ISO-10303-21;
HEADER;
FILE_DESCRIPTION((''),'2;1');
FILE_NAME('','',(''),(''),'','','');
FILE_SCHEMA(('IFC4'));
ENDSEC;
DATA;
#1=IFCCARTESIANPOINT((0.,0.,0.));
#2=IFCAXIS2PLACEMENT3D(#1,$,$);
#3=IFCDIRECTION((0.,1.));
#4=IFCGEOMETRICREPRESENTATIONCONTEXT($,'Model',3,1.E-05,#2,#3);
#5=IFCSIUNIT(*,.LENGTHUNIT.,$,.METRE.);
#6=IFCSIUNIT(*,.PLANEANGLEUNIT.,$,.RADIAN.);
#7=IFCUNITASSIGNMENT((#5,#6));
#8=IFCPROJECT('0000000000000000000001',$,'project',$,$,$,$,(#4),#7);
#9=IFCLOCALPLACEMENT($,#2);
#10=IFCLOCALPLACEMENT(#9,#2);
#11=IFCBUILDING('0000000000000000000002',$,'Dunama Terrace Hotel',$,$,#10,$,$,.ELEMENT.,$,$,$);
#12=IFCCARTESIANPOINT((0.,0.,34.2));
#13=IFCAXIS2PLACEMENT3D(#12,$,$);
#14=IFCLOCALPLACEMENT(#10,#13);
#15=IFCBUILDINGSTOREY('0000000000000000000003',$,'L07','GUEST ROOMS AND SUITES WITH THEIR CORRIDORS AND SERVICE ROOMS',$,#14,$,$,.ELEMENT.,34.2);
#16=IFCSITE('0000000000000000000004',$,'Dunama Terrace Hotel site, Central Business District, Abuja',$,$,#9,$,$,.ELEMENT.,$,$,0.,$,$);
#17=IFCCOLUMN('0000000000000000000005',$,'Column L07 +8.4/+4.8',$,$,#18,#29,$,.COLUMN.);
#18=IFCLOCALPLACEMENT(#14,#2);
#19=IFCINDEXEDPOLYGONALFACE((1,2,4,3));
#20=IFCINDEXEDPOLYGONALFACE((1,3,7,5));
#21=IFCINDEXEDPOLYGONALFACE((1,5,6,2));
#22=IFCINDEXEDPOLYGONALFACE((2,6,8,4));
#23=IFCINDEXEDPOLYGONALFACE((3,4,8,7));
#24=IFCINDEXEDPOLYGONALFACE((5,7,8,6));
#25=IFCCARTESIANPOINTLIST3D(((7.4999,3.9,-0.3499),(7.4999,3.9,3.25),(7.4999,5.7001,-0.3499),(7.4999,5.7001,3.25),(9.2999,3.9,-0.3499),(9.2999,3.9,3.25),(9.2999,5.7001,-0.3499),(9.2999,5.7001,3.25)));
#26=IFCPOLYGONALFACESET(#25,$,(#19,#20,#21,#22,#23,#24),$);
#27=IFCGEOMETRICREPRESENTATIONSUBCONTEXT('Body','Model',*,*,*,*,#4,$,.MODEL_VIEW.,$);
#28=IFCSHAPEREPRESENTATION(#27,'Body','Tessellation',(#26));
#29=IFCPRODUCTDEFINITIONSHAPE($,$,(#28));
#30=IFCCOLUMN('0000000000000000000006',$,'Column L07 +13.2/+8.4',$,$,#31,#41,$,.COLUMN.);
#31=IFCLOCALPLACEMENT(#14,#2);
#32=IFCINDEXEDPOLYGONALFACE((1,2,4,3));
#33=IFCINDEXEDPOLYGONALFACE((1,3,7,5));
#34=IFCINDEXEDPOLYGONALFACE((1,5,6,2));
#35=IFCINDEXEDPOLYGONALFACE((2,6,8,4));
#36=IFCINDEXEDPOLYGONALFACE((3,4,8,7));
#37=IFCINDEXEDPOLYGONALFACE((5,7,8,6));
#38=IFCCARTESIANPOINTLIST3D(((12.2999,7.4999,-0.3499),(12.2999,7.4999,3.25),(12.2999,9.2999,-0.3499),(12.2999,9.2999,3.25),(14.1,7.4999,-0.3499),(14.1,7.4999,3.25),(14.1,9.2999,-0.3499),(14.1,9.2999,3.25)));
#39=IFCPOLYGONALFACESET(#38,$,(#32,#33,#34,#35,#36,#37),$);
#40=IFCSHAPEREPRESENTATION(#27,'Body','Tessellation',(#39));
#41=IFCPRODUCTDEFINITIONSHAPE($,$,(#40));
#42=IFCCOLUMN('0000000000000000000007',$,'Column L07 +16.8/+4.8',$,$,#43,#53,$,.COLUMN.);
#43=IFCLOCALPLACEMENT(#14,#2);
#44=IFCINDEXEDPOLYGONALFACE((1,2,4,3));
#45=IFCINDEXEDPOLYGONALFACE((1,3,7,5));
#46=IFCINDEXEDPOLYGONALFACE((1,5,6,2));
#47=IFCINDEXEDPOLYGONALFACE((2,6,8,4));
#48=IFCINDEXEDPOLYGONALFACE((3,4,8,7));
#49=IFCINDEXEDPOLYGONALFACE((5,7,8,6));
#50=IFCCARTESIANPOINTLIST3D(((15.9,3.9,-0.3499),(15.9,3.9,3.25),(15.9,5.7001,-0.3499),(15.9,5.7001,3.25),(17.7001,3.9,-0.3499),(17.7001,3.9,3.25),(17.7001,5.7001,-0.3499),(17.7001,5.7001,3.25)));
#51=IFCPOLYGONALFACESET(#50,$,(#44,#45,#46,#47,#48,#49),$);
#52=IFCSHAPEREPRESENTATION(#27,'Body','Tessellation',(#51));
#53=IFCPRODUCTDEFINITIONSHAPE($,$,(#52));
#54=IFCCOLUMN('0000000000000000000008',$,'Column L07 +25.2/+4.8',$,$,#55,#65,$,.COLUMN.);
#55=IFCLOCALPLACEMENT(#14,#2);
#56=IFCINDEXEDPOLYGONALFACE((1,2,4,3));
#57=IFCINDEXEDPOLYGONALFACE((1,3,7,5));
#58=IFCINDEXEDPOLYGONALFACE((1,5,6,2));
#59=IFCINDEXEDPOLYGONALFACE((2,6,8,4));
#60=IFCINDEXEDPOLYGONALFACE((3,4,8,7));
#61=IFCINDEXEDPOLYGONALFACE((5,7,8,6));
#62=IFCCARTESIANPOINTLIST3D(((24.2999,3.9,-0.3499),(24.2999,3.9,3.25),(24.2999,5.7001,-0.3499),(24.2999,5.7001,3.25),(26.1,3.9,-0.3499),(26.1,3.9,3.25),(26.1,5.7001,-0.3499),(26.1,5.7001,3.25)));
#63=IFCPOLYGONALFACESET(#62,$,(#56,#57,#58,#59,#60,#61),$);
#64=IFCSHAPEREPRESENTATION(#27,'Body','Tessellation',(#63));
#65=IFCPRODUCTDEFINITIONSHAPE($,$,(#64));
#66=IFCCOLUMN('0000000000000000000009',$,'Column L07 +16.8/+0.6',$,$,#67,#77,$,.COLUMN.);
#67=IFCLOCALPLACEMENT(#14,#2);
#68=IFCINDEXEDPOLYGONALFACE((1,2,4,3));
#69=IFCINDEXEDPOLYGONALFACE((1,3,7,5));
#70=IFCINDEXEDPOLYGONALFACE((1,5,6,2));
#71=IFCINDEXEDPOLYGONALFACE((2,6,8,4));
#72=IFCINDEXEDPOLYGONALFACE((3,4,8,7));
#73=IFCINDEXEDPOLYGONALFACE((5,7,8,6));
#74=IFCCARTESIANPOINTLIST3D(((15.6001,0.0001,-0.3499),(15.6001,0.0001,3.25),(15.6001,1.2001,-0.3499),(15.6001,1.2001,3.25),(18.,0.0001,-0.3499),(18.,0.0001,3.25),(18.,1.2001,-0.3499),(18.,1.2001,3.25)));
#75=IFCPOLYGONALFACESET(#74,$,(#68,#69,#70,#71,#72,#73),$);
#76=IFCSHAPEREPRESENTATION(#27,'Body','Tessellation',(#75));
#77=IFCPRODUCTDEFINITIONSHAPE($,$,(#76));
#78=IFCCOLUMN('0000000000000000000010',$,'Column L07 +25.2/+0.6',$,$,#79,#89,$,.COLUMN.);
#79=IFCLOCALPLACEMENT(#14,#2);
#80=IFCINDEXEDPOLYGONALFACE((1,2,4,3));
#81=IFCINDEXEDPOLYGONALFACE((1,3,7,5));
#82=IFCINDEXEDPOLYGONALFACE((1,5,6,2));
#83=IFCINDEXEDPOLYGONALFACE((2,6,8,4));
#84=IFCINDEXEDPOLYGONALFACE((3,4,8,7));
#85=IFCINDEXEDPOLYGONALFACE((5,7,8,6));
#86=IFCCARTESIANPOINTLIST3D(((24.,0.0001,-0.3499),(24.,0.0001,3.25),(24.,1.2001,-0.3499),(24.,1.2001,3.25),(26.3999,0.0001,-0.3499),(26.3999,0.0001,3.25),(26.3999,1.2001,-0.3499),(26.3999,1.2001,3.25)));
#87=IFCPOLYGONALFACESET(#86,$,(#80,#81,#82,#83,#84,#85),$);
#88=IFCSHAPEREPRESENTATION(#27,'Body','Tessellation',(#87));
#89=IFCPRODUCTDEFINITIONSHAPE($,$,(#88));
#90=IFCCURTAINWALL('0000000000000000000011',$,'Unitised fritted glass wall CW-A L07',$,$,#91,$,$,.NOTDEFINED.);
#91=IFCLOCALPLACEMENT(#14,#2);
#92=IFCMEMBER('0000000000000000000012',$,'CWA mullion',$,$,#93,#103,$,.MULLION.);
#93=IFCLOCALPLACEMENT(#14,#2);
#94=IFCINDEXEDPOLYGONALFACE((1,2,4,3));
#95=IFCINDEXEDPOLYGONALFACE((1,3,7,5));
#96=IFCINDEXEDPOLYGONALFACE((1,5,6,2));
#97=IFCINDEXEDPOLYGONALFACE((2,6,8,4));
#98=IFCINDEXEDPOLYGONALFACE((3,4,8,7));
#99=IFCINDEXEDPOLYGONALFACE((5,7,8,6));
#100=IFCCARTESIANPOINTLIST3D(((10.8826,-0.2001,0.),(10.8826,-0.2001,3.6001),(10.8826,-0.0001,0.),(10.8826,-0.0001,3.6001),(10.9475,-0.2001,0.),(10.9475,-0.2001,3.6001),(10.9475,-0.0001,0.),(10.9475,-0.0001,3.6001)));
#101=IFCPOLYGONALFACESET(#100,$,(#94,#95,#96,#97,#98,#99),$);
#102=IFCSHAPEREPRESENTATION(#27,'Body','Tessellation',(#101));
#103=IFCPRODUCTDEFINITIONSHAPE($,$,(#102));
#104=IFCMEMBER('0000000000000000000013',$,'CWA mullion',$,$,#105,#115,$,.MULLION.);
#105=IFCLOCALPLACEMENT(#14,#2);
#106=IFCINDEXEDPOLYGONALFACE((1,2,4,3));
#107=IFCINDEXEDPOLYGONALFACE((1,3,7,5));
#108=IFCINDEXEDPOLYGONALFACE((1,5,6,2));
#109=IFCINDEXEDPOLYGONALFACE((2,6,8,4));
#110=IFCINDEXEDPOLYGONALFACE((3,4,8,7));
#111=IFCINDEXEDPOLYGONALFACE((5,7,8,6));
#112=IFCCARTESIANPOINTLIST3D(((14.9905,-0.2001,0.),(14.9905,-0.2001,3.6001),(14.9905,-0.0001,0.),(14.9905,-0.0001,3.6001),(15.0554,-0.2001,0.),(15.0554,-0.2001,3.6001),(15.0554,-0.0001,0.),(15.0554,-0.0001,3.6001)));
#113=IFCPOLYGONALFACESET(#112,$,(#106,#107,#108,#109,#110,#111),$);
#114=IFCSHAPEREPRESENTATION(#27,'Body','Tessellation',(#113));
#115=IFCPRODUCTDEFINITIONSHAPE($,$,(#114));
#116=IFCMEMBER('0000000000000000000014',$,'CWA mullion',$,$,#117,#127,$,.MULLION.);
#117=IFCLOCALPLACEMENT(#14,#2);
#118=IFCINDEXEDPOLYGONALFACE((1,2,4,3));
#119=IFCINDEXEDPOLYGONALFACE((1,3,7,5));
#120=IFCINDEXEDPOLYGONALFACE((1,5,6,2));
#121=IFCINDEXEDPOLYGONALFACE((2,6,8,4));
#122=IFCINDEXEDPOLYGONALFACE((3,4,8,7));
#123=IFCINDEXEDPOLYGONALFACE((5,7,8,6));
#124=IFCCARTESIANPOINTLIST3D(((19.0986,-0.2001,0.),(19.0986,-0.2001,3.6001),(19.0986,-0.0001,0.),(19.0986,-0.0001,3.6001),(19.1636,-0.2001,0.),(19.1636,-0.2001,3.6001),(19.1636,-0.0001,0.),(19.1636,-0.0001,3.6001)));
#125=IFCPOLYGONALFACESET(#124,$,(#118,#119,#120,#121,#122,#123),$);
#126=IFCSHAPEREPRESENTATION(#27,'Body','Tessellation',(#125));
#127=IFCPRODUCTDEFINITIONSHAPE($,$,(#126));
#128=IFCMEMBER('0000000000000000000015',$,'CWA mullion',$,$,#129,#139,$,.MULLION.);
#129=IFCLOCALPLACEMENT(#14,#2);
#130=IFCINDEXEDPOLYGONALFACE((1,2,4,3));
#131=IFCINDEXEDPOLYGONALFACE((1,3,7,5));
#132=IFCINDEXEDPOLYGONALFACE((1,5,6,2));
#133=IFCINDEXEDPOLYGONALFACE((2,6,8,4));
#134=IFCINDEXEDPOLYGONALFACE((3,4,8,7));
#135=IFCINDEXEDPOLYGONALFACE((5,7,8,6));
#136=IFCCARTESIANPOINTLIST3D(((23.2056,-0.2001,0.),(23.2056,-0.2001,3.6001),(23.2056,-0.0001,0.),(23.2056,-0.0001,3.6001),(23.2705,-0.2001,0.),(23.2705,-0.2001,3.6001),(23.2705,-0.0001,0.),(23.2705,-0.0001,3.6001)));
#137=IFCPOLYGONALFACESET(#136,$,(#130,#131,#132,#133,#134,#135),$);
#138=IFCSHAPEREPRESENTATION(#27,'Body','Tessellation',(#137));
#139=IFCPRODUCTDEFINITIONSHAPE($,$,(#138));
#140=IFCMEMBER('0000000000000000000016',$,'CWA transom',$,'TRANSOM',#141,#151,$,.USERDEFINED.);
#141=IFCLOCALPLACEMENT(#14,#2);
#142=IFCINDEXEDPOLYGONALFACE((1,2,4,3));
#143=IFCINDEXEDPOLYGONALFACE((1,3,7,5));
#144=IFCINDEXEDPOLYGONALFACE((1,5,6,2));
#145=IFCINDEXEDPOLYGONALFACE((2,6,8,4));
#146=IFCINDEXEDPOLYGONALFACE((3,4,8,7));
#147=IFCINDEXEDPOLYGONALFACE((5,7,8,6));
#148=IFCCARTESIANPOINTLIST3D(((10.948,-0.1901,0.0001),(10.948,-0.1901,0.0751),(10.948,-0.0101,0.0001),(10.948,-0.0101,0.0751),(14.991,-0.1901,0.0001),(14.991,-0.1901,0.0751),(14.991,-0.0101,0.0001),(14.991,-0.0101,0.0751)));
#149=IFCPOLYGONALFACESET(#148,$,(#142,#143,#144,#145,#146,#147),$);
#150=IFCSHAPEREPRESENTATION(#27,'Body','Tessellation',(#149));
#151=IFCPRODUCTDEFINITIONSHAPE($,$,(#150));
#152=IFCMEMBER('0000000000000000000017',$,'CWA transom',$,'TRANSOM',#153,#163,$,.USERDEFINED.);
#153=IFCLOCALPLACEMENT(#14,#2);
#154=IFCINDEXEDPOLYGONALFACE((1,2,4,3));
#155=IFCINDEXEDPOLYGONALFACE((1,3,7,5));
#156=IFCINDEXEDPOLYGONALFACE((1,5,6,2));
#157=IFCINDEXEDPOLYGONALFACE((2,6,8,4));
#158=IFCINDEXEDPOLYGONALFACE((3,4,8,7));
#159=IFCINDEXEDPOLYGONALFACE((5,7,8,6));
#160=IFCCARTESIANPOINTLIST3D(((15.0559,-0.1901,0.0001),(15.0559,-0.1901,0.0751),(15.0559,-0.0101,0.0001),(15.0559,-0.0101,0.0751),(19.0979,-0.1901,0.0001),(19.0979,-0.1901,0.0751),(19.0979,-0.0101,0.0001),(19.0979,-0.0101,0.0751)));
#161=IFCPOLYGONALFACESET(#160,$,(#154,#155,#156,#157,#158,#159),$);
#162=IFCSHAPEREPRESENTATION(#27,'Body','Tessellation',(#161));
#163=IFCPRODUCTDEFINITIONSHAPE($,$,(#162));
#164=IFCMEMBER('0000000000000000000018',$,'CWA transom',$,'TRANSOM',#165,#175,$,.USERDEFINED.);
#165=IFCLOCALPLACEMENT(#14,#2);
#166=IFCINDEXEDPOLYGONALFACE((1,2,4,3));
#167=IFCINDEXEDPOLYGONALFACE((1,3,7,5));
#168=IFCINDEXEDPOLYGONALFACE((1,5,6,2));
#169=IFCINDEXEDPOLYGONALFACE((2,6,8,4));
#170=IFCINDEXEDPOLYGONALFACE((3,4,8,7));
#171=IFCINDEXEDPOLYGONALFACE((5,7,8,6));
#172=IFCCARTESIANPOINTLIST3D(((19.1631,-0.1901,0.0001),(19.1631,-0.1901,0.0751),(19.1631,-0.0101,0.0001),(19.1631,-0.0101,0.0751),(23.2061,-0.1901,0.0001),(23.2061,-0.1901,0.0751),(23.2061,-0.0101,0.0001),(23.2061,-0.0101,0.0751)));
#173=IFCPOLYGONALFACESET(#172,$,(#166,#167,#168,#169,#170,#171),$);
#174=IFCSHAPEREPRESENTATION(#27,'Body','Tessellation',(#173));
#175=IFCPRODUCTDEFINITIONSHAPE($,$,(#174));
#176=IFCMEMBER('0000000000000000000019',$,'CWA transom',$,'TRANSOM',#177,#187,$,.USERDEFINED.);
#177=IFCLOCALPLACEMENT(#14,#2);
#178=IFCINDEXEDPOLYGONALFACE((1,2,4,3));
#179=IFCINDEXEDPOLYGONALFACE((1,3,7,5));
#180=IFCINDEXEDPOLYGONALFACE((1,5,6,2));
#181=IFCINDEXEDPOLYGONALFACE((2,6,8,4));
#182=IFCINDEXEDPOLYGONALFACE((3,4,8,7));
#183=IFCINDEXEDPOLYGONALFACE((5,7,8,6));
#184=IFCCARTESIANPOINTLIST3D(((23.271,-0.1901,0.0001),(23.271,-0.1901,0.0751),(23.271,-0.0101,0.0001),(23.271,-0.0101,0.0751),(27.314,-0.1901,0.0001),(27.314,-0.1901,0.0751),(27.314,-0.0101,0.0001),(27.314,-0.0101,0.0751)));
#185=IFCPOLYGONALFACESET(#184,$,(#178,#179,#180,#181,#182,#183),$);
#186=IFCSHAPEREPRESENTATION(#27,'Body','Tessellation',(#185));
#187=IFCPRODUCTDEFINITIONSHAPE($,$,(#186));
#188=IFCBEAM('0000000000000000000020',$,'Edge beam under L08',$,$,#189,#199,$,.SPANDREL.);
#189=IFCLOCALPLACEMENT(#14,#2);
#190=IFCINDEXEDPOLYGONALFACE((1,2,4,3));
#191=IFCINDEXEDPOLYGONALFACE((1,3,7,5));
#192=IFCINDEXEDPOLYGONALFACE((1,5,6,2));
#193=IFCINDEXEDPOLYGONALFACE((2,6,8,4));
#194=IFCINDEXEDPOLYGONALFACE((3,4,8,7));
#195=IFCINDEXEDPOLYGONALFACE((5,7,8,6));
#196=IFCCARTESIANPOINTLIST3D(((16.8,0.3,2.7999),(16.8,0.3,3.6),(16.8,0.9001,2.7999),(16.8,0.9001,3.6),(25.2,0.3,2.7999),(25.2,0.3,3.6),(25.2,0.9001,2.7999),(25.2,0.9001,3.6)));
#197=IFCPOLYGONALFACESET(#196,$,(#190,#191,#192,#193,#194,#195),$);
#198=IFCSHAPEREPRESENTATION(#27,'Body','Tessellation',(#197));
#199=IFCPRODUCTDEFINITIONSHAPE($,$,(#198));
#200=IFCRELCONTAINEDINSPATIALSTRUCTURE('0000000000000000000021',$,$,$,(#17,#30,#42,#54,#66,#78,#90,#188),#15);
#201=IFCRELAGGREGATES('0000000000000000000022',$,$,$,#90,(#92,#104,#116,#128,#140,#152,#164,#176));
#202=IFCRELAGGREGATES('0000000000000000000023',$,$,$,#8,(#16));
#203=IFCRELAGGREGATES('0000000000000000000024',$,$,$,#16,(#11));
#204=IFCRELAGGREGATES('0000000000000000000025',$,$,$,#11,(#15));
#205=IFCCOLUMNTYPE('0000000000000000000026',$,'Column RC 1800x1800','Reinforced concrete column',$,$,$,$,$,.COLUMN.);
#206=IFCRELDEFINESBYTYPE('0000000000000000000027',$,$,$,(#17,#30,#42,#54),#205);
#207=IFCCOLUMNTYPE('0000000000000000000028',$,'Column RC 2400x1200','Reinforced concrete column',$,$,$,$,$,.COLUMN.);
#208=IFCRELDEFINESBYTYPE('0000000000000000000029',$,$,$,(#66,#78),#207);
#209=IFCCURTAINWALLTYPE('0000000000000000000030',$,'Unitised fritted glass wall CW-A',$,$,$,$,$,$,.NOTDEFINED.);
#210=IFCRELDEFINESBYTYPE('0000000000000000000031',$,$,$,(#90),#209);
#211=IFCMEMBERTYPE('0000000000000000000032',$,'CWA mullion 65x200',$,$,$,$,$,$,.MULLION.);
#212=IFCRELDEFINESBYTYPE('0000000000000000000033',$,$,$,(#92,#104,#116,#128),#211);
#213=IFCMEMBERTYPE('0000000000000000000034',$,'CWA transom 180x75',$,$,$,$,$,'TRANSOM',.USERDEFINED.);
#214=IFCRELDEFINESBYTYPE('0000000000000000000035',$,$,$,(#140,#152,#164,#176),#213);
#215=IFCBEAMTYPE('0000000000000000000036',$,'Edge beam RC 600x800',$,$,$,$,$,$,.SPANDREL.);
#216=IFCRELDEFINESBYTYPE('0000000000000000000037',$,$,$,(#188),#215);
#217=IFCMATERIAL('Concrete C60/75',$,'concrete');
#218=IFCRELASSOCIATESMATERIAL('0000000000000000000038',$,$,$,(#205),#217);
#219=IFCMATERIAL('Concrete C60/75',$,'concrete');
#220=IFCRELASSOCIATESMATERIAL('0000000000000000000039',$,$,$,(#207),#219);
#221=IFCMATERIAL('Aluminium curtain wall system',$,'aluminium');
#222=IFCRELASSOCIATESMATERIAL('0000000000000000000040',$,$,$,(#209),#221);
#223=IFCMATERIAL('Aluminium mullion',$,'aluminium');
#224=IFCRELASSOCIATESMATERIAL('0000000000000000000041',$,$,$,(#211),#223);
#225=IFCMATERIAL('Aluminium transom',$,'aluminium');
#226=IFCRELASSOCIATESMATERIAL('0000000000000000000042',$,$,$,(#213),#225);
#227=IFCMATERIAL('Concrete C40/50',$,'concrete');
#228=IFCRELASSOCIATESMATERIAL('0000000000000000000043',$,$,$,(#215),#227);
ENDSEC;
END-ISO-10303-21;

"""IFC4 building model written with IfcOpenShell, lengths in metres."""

from ifc_helpers import new_model, si_unit, direction, frame, origin, origin_2d, place, context, subcontext, project, spatial, rectangle, extrude, material, material_profile, profile_set, type_object, element, aggregate, save


model = new_model("IFC4")

# Units and contexts
model_context = context("Model", 3, precision=1e-05, world=origin(), true_north=direction((0.0, 1.0)))
body_context = subcontext(model_context, "Body", "Model", "MODEL_VIEW")
ifc_project = project(units=[si_unit("LENGTHUNIT", "METRE"), si_unit("PLANEANGLEUNIT", "RADIAN")], contexts=[model_context])

# Site, building, storey
site_placement = place(None, origin())
site = spatial("IfcSite", under=ifc_project, at=site_placement, Name="Dunama Terrace Hotel site, Central Business District, Abuja", CompositionType="ELEMENT", RefElevation=0.0)
building_placement = place(site_placement, origin())
building = spatial("IfcBuilding", under=site, at=building_placement, Name="Dunama Terrace Hotel", CompositionType="ELEMENT")
storey_placement = place(building_placement, frame((0.0, 0.0, 34.2)))
storey = spatial("IfcBuildingStorey", under=building, at=storey_placement, Name="L07", Description="GUEST ROOMS AND SUITES WITH THEIR CORRIDORS AND SERVICE ROOMS", CompositionType="ELEMENT", Elevation=34.2)

# Columns
ifc_material_1 = material(Name="Concrete C60/75", Category="concrete")
ifc_material_profile_1 = material_profile(ifc_material_1, rectangle(XDim=1.8, YDim=1.8, at=origin_2d()), Name="RC 1800x1800")
ifc_profile_set_1 = profile_set([ifc_material_profile_1], Name="Concrete C60/75")
column_type_1 = type_object("IfcColumnType", Name="Column RC 1800x1800", Description="Reinforced concrete column", PredefinedType="COLUMN", material=ifc_profile_set_1)
for number, where, z_axis, x_axis, name in (
    (1, (8.3999, 4.8, -0.3499), (0.0, 0.0, 1.0), (1.0, 0.0, 0.0), "Column L07 +8.4/+4.8"),
    (2, (13.2, 8.3999, -0.3499), (0.0, 0.0, 1.0), (1.0, 0.0, 0.0), "Column L07 +13.2/+8.4"),
    (3, (16.8, 4.8, -0.3499), (0.0, 0.0, 1.0), (1.0, 0.0, 0.0), "Column L07 +16.8/+4.8"),
    (4, (25.2, 4.8, -0.3499), (0.0, 0.0, 1.0), (1.0, 0.0, 0.0), "Column L07 +25.2/+4.8"),
):
    element("IfcColumn", number, at=place(storey_placement, frame(where, z_axis=z_axis, x_axis=x_axis)), inside=storey, type_object=column_type_1, Name=name, PredefinedType="COLUMN", context=body_context, shape_type="SweptSolid", body=[
        extrude(rectangle(XDim=1.8, YDim=1.8, at=origin_2d()), origin(), (0.0, 0.0, 1.0), 3.5999),
    ])
ifc_material_2 = material(Name="Concrete C60/75", Category="concrete")
ifc_material_profile_2 = material_profile(ifc_material_2, rectangle(XDim=2.3999, YDim=1.2, at=origin_2d()), Name="RC 2400x1200")
ifc_profile_set_2 = profile_set([ifc_material_profile_2], Name="Concrete C60/75")
column_type_2 = type_object("IfcColumnType", Name="Column RC 2400x1200", Description="Reinforced concrete column", PredefinedType="COLUMN", material=ifc_profile_set_2)
for number, where, z_axis, x_axis, name in (
    (5, (16.8, 0.6001, -0.3499), (0.0, 0.0, 1.0), (1.0, 0.0, 0.0), "Column L07 +16.8/+0.6"),
    (6, (25.2, 0.6001, -0.3499), (0.0, 0.0, 1.0), (1.0, 0.0, 0.0), "Column L07 +25.2/+0.6"),
):
    element("IfcColumn", number, at=place(storey_placement, frame(where, z_axis=z_axis, x_axis=x_axis)), inside=storey, type_object=column_type_2, Name=name, PredefinedType="COLUMN", context=body_context, shape_type="SweptSolid", body=[
        extrude(rectangle(XDim=2.3999, YDim=1.2, at=origin_2d()), origin(), (0.0, 0.0, 1.0), 3.5999),
    ])

# Curtain wall, members
ifc_material_3 = material(Name="Aluminium curtain wall system", Category="aluminium")
curtain_wall_type = type_object("IfcCurtainWallType", Name="Unitised fritted glass wall CW-A", PredefinedType="NOTDEFINED", material=ifc_material_3)
curtain_wall_placement = place(storey_placement, origin())
curtain_wall = element("IfcCurtainWall", 7, at=curtain_wall_placement, inside=storey, type_object=curtain_wall_type, Name="Unitised fritted glass wall CW-A L07", PredefinedType="NOTDEFINED")
ifc_material_4 = material(Name="Aluminium mullion", Category="aluminium")
ifc_material_profile_3 = material_profile(ifc_material_4, rectangle(XDim=0.0649, YDim=0.2, at=origin_2d()), Name="CWA MULLION 65X200")
ifc_profile_set_3 = profile_set([ifc_material_profile_3], Name="Aluminium mullion")
member_type_1 = type_object("IfcMemberType", Name="CWA mullion 65x200", PredefinedType="MULLION", material=ifc_profile_set_3)
member_1_placement = place(storey_placement, frame((10.915, -0.1001, 0.0), z_axis=(0.0, 0.0, 1.0), x_axis=(1.0, 0.0, 0.0)))
member_1 = element("IfcMember", 8, at=member_1_placement, type_object=member_type_1, Name="CWA mullion", PredefinedType="MULLION", context=body_context, shape_type="SweptSolid", body=[
    extrude(rectangle(XDim=0.0649, YDim=0.2, at=origin_2d()), origin(), (0.0, 0.0, 1.0), 3.6001),
])
member_2_placement = place(storey_placement, frame((15.0229, -0.1001, 0.0), z_axis=(0.0, 0.0, 1.0), x_axis=(1.0, 0.0, 0.0)))
member_2 = element("IfcMember", 9, at=member_2_placement, type_object=member_type_1, Name="CWA mullion", PredefinedType="MULLION", context=body_context, shape_type="SweptSolid", body=[
    extrude(rectangle(XDim=0.0649, YDim=0.2, at=origin_2d()), origin(), (0.0, 0.0, 1.0), 3.6001),
])
member_3_placement = place(storey_placement, frame((19.1311, -0.1001, 0.0), z_axis=(0.0, 0.0, 1.0), x_axis=(1.0, 0.0, 0.0)))
member_3 = element("IfcMember", 10, at=member_3_placement, type_object=member_type_1, Name="CWA mullion", PredefinedType="MULLION", context=body_context, shape_type="SweptSolid", body=[
    extrude(rectangle(XDim=0.0649, YDim=0.2, at=origin_2d()), origin(), (0.0, 0.0, 1.0), 3.6001),
])
member_4_placement = place(storey_placement, frame((23.238, -0.1001, 0.0), z_axis=(0.0, 0.0, 1.0), x_axis=(1.0, 0.0, 0.0)))
member_4 = element("IfcMember", 11, at=member_4_placement, type_object=member_type_1, Name="CWA mullion", PredefinedType="MULLION", context=body_context, shape_type="SweptSolid", body=[
    extrude(rectangle(XDim=0.0649, YDim=0.2, at=origin_2d()), origin(), (0.0, 0.0, 1.0), 3.6001),
])
ifc_material_5 = material(Name="Aluminium transom", Category="aluminium")
ifc_material_profile_4 = material_profile(ifc_material_5, rectangle(XDim=0.1799, YDim=0.075, at=origin_2d()), Name="CWA TRANSOM 180X75")
ifc_profile_set_4 = profile_set([ifc_material_profile_4], Name="Aluminium transom")
member_type_2 = type_object("IfcMemberType", Name="CWA transom 180x75", ElementType="TRANSOM", PredefinedType="USERDEFINED", material=ifc_profile_set_4)
member_5_placement = place(storey_placement, frame((10.948, -0.1001, 0.0376), z_axis=(1.0, 0.0, 0.0), x_axis=(0.0, 1.0, 0.0)))
member_5 = element("IfcMember", 12, at=member_5_placement, type_object=member_type_2, Name="CWA transom", ObjectType="TRANSOM", PredefinedType="USERDEFINED", context=body_context, shape_type="SweptSolid", body=[
    extrude(rectangle(XDim=0.1799, YDim=0.075, at=origin_2d()), origin(), (0.0, 0.0, 1.0), 4.043),
])
member_6_placement = place(storey_placement, frame((15.0559, -0.1001, 0.0376), z_axis=(1.0, 0.0, 0.0), x_axis=(0.0, 1.0, 0.0)))
member_6 = element("IfcMember", 13, at=member_6_placement, type_object=member_type_2, Name="CWA transom", ObjectType="TRANSOM", PredefinedType="USERDEFINED", context=body_context, shape_type="SweptSolid", body=[
    extrude(rectangle(XDim=0.1799, YDim=0.075, at=origin_2d()), origin(), (0.0, 0.0, 1.0), 4.042),
])
member_7_placement = place(storey_placement, frame((19.1631, -0.1001, 0.0376), z_axis=(1.0, 0.0, 0.0), x_axis=(0.0, 1.0, 0.0)))
member_7 = element("IfcMember", 14, at=member_7_placement, type_object=member_type_2, Name="CWA transom", ObjectType="TRANSOM", PredefinedType="USERDEFINED", context=body_context, shape_type="SweptSolid", body=[
    extrude(rectangle(XDim=0.1799, YDim=0.075, at=origin_2d()), origin(), (0.0, 0.0, 1.0), 4.043),
])
member_8_placement = place(storey_placement, frame((23.271, -0.1001, 0.0376), z_axis=(1.0, 0.0, 0.0), x_axis=(0.0, 1.0, 0.0)))
member_8 = element("IfcMember", 15, at=member_8_placement, type_object=member_type_2, Name="CWA transom", ObjectType="TRANSOM", PredefinedType="USERDEFINED", context=body_context, shape_type="SweptSolid", body=[
    extrude(rectangle(XDim=0.1799, YDim=0.075, at=origin_2d()), origin(), (0.0, 0.0, 1.0), 4.043),
])

# Beam
ifc_material_6 = material(Name="Concrete C40/50", Category="concrete")
ifc_material_profile_5 = material_profile(ifc_material_6, rectangle(XDim=0.6001, YDim=0.8, at=origin_2d()), Name="RC 600x800")
ifc_profile_set_5 = profile_set([ifc_material_profile_5], Name="Concrete C40/50")
beam_type = type_object("IfcBeamType", Name="Edge beam RC 600x800", PredefinedType="SPANDREL", material=ifc_profile_set_5)
beam_1_placement = place(storey_placement, frame((16.8, 0.6001, 3.2), z_axis=(1.0, 0.0, 0.0), x_axis=(0.0, 1.0, 0.0)))
element("IfcBeam", 16, at=beam_1_placement, inside=storey, type_object=beam_type, Name="Edge beam under L08", PredefinedType="SPANDREL", context=body_context, shape_type="SweptSolid", body=[
    extrude(rectangle(XDim=0.6001, YDim=0.8, at=origin_2d()), origin(), (0.0, 0.0, 1.0), 8.3999),
])

aggregate(curtain_wall, [member_1, member_2, member_3, member_4, member_5, member_6, member_7, member_8])

save(model, "model.ifc")
